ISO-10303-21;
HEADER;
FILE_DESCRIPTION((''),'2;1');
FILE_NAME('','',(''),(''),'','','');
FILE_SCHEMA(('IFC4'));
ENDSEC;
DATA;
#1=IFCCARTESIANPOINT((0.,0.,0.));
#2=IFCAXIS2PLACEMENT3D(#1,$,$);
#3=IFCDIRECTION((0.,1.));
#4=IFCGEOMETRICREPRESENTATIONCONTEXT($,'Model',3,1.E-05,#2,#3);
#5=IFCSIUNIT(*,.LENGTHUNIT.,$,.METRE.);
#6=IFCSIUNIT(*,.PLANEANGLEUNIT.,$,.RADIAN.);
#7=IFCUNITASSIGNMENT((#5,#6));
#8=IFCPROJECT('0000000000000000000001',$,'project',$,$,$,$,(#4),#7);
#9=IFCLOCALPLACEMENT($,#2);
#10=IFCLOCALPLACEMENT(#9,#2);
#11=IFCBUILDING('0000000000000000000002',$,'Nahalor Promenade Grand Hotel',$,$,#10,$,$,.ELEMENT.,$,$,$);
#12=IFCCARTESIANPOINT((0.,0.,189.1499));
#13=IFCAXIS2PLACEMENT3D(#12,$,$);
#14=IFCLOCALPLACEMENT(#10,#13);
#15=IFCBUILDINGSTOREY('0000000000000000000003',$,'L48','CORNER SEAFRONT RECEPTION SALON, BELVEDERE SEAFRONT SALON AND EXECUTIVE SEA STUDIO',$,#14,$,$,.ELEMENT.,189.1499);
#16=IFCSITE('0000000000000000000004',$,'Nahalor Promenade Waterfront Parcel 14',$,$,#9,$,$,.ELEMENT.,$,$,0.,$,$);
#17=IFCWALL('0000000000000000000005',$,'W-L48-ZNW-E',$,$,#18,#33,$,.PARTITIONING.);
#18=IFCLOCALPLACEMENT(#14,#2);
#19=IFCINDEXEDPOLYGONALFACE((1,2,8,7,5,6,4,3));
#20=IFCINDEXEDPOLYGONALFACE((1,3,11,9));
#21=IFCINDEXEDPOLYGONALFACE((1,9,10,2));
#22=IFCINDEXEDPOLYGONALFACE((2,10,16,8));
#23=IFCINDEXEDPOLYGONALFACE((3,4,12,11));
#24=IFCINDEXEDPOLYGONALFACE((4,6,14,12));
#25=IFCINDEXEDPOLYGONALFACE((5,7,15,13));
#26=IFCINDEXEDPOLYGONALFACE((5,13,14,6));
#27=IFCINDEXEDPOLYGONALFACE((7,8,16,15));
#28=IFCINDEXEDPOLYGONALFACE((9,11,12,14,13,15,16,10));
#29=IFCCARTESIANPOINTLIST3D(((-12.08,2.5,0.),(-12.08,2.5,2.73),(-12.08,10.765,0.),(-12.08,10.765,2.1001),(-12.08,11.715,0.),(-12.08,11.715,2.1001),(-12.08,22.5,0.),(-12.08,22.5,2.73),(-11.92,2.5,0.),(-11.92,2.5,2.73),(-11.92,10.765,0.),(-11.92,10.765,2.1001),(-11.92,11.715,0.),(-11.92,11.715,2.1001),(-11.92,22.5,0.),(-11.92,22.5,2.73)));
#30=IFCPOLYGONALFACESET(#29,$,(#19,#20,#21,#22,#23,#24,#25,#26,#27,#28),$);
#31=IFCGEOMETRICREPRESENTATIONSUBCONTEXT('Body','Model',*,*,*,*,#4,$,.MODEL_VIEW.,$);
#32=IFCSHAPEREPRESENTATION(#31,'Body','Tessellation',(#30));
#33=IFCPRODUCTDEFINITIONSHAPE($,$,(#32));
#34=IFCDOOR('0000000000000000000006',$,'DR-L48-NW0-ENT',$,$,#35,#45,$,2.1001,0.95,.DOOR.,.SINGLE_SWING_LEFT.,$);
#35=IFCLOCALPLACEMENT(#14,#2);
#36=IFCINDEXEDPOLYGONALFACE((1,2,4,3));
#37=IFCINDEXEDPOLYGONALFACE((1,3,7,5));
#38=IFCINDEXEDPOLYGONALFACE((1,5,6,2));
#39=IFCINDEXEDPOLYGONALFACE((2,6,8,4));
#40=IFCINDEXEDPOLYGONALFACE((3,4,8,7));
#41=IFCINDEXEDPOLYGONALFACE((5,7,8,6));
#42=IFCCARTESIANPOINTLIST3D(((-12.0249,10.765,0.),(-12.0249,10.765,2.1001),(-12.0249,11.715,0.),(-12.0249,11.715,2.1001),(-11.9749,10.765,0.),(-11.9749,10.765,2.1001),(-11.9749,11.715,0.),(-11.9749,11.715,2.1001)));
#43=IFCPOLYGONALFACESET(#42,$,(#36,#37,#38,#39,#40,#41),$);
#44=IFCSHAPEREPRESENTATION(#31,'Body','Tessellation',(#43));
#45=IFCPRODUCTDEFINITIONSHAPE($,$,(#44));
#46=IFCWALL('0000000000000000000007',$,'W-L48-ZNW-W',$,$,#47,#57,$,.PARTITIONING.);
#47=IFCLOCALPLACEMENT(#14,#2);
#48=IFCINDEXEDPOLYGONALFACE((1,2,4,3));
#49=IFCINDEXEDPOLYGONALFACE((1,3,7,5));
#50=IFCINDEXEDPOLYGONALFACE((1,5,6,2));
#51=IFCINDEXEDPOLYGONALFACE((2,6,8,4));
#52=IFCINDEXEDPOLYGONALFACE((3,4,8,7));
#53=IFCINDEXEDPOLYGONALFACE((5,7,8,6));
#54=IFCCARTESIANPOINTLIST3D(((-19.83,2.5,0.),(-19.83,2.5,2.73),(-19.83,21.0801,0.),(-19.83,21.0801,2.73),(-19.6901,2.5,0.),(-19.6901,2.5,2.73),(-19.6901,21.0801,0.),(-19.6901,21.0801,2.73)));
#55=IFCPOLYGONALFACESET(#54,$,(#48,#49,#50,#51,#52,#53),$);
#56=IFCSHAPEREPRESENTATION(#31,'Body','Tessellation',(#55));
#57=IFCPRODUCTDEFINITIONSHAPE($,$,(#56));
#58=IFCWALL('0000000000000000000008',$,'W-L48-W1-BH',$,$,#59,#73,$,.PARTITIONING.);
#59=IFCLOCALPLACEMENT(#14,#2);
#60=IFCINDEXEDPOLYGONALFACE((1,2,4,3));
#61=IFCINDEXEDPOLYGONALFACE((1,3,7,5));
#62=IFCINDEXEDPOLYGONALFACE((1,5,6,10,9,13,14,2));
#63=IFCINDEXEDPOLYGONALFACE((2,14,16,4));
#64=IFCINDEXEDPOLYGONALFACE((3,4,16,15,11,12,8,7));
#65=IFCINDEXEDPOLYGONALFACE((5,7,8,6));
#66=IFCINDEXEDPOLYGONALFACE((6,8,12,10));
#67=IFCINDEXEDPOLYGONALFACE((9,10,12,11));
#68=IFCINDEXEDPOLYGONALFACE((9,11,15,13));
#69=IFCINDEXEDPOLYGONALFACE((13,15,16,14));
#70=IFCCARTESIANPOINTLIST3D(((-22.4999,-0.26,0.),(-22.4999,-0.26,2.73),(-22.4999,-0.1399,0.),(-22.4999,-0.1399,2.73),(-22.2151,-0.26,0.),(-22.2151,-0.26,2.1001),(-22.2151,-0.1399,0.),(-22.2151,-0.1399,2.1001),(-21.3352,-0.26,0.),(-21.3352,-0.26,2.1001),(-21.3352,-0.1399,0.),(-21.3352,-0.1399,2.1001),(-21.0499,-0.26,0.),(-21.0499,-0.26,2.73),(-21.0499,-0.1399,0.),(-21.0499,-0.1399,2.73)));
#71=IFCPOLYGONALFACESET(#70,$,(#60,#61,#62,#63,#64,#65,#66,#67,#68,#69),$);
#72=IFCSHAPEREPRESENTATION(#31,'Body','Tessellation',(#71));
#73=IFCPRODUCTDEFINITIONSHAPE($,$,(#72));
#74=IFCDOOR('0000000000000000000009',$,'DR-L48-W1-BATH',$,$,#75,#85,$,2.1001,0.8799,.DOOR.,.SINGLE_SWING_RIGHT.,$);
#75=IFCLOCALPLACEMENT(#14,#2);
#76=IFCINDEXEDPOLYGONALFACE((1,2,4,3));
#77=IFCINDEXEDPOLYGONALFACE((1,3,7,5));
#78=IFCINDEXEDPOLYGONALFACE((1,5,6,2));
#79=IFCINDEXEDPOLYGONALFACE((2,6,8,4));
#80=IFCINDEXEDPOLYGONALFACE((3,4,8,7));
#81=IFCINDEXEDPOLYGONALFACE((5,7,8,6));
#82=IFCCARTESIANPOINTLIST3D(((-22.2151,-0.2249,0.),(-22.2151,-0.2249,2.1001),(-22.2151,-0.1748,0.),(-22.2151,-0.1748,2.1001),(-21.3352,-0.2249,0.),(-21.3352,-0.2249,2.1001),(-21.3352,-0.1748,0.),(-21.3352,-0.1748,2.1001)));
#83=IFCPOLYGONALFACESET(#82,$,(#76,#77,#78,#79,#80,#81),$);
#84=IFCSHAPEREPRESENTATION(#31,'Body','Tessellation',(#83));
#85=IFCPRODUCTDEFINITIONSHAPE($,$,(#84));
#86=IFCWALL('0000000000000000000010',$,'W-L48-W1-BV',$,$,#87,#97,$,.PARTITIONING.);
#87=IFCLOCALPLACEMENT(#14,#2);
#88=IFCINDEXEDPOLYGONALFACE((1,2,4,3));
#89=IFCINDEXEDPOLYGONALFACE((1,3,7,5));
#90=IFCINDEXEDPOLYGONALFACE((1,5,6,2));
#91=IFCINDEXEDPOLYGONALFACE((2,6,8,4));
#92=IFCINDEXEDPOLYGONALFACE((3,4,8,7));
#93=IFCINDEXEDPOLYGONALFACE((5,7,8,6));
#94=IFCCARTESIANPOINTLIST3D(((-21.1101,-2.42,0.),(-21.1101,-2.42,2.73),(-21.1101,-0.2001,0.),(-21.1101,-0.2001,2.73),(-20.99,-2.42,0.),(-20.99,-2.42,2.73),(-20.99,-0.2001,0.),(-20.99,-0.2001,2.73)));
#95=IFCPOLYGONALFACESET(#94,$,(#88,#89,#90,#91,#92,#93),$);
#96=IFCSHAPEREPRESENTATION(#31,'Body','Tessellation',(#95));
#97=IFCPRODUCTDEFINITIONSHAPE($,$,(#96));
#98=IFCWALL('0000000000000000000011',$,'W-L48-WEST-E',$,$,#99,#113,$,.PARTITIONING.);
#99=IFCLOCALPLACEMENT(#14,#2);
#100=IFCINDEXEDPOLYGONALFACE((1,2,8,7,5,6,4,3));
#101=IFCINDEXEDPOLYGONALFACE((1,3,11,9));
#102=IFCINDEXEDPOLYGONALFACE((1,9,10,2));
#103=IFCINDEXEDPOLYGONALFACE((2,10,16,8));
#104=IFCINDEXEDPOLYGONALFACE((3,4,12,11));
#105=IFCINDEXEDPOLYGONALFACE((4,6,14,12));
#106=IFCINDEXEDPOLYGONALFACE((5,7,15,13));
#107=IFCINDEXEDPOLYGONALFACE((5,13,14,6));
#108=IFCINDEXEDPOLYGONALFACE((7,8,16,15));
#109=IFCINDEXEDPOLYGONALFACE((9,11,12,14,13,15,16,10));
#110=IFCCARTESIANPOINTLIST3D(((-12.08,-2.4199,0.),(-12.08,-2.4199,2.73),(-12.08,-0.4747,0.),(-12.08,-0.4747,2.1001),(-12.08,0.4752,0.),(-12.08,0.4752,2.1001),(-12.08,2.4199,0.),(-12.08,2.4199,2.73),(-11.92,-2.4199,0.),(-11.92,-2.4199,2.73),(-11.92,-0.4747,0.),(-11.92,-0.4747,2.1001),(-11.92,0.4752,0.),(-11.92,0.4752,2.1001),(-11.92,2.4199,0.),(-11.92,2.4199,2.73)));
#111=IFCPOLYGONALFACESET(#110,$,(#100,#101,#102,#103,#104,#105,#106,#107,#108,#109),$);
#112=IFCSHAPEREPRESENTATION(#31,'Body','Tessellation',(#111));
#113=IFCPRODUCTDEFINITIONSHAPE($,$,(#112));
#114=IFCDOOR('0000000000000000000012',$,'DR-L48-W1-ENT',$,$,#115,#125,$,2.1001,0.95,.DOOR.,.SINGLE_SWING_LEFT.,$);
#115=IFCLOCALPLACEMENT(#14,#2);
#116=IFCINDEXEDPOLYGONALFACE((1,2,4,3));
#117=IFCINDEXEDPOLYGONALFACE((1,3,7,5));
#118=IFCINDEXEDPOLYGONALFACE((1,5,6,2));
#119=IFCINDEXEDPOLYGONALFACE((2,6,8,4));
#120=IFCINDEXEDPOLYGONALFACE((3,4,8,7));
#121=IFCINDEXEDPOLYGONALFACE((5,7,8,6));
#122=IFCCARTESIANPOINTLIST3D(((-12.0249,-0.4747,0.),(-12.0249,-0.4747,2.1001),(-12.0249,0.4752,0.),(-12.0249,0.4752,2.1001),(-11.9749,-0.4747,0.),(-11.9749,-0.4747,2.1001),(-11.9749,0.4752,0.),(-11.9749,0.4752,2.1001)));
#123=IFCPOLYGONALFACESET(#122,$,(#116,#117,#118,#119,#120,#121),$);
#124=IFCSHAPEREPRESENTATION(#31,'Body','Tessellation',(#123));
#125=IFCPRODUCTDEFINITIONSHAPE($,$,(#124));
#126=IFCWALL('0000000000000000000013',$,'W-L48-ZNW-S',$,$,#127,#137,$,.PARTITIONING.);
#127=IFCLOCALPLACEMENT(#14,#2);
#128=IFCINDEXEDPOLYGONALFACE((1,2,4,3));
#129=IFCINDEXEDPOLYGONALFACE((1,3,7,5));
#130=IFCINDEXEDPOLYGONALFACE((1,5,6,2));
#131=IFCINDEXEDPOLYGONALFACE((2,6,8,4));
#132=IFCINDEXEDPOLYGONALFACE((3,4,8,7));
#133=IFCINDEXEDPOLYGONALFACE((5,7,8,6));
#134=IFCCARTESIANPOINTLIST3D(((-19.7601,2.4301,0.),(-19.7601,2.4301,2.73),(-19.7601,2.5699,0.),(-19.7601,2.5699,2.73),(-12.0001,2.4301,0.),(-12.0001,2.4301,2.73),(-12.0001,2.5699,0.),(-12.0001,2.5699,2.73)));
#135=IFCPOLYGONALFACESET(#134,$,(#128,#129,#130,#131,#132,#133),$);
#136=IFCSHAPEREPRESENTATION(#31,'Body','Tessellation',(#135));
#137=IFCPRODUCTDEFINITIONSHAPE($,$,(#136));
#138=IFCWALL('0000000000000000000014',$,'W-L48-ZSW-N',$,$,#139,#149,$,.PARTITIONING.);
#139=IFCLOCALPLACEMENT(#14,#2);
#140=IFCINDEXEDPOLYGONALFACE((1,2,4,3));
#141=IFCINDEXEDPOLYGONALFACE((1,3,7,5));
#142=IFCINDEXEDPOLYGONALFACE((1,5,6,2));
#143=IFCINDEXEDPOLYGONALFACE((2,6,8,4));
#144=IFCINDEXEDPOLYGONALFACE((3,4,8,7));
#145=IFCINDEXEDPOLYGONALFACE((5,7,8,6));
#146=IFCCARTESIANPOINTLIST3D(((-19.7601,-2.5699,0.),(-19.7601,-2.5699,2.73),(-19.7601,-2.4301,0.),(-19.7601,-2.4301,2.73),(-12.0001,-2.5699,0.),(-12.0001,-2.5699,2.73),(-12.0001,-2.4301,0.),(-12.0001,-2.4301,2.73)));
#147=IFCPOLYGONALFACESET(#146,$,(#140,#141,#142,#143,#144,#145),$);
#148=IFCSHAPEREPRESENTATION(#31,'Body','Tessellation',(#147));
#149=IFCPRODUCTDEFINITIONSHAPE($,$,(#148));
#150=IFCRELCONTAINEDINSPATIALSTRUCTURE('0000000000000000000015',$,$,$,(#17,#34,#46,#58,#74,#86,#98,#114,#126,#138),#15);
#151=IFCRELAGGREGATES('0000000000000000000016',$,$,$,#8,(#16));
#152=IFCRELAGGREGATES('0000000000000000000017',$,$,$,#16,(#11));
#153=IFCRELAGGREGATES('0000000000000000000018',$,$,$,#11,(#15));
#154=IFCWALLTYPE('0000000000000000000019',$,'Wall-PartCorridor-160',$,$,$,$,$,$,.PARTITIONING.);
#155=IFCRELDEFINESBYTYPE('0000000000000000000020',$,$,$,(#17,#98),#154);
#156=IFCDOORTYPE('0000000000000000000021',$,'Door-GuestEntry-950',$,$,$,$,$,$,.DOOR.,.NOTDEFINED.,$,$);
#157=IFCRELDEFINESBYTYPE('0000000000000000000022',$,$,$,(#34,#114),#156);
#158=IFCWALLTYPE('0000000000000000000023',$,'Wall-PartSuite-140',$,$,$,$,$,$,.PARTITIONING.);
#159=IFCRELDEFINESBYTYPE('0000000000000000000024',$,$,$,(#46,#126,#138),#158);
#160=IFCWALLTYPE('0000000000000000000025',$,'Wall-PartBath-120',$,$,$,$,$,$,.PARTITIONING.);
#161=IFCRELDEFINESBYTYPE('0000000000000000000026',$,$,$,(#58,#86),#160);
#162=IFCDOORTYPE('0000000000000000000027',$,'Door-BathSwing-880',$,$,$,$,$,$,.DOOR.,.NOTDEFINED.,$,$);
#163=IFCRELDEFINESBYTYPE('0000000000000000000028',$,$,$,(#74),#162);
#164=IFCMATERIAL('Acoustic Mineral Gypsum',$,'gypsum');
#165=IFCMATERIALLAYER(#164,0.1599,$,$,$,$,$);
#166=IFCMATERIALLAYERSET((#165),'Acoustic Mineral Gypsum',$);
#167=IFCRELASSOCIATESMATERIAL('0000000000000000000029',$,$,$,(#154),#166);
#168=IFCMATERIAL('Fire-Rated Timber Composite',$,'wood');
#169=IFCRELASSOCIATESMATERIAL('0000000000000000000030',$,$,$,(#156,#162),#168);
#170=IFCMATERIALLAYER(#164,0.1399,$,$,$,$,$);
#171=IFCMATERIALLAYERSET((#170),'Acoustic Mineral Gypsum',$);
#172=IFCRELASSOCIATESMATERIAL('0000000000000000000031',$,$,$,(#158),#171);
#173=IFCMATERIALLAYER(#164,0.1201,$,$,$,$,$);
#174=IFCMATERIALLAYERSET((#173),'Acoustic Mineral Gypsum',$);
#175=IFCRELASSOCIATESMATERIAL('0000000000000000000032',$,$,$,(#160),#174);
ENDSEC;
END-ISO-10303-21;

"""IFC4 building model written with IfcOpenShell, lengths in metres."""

from ifc_helpers import new_model, si_unit, direction, frame, frame_2d, origin, place, context, subcontext, project, spatial, rectangle, extrude, source, transform, mapped, material, layer, layer_set, type_object, element, fill, save


model = new_model("IFC4")

# Units and contexts
model_context = context("Model", 3, precision=1e-05, world=origin(), true_north=direction((0.0, 1.0)))
body_context = subcontext(model_context, "Body", "Model", "MODEL_VIEW")
ifc_project = project(units=[si_unit("LENGTHUNIT", "METRE"), si_unit("PLANEANGLEUNIT", "RADIAN")], contexts=[model_context])

# Site, building, storey
site_placement = place(None, origin())
site = spatial("IfcSite", under=ifc_project, at=site_placement, Name="Nahalor Promenade Waterfront Parcel 14", CompositionType="ELEMENT", RefElevation=0.0)
building_placement = place(site_placement, origin())
building = spatial("IfcBuilding", under=site, at=building_placement, Name="Nahalor Promenade Grand Hotel", CompositionType="ELEMENT")
storey_placement = place(building_placement, frame((0.0, 0.0, 189.1499)))
storey = spatial("IfcBuildingStorey", under=building, at=storey_placement, Name="L48", Description="CORNER SEAFRONT RECEPTION SALON, BELVEDERE SEAFRONT SALON AND EXECUTIVE SEA STUDIO", CompositionType="ELEMENT", Elevation=189.1499)

# Wall, opening, door
ifc_material_1 = material(Name="Acoustic Mineral Gypsum", Category="gypsum")
ifc_layer_1 = layer(ifc_material_1, 0.1599)
ifc_layer_set_1 = layer_set([ifc_layer_1], Name="Acoustic Mineral Gypsum")
wall_type_1 = type_object("IfcWallType", Name="Wall-PartCorridor-160", PredefinedType="PARTITIONING", material=ifc_layer_set_1)
shared_shape_1 = source(origin(), body_context, "Body", "SweptSolid", [
    extrude(rectangle(XDim=20.0, YDim=0.1599, at=frame_2d((10.0, 0.0))), origin(), (0.0, 0.0, 1.0), 2.73),
])
wall_1_placement = place(storey_placement, frame((-12.0, 2.5, 0.0), z_axis=(0.0, 0.0, 1.0), x_axis=(0.0, 1.0, 0.0)))
wall_1 = element("IfcWall", 1, at=wall_1_placement, inside=storey, type_object=wall_type_1, Name="W-L48-ZNW-E", PredefinedType="PARTITIONING", context=body_context, shape_type="MappedRepresentation", body=[
    mapped(shared_shape_1, transform((0.0, 0.0, 0.0), scale=1.0)),
])
opening_1_placement = place(wall_1_placement, frame((8.2649, 0.0, 0.0)))
opening_1 = element("IfcOpeningElement", 2, at=opening_1_placement, cuts=wall_1, PredefinedType="OPENING", context=body_context, shape_type="SweptSolid", body=[
    extrude(rectangle(XDim=0.95, YDim=2.1001, at=frame_2d((0.4751, 1.05))), frame((0.0, 0.0898, 0.0), z_axis=(0.0, -1.0, 0.0), x_axis=(1.0, 0.0, 0.0)), (0.0, 0.0, 1.0), 0.1799),
])
ifc_material_2 = material(Name="Fire-Rated Timber Composite", Category="wood")
door_type_1 = type_object("IfcDoorType", Name="Door-GuestEntry-950", OperationType="NOTDEFINED", PredefinedType="DOOR", material=ifc_material_2)
shared_shape_2 = source(origin(), body_context, "Body", "SweptSolid", [
    extrude(rectangle(XDim=0.95, YDim=2.1001, at=frame_2d((0.4751, 1.05))), frame((0.0, 0.0249, 0.0), z_axis=(0.0, -1.0, 0.0), x_axis=(1.0, 0.0, 0.0)), (0.0, 0.0, 1.0), 0.05),
])
door_1_placement = place(opening_1_placement, origin())
door_1 = element("IfcDoor", 3, at=door_1_placement, inside=storey, type_object=door_type_1, Name="DR-L48-NW0-ENT", OperationType="SINGLE_SWING_LEFT", OverallHeight=2.1001, OverallWidth=0.95, PredefinedType="DOOR", context=body_context, shape_type="MappedRepresentation", body=[
    mapped(shared_shape_2, transform((0.0, 0.0, 0.0), scale=1.0)),
])
fill(opening_1, door_1)

# Wall
ifc_layer_2 = layer(ifc_material_1, 0.1399)
ifc_layer_set_2 = layer_set([ifc_layer_2], Name="Acoustic Mineral Gypsum")
wall_type_2 = type_object("IfcWallType", Name="Wall-PartSuite-140", PredefinedType="PARTITIONING", material=ifc_layer_set_2)
shared_shape_3 = source(origin(), body_context, "Body", "SweptSolid", [
    extrude(rectangle(XDim=18.5801, YDim=0.1399, at=frame_2d((9.29, 0.0))), origin(), (0.0, 0.0, 1.0), 2.73),
])
wall_2_placement = place(storey_placement, frame((-19.76, 2.5, 0.0), z_axis=(0.0, 0.0, 1.0), x_axis=(0.0, 1.0, 0.0)))
element("IfcWall", 4, at=wall_2_placement, inside=storey, type_object=wall_type_2, Name="W-L48-ZNW-W", PredefinedType="PARTITIONING", context=body_context, shape_type="MappedRepresentation", body=[
    mapped(shared_shape_3, transform((0.0, 0.0, 0.0), scale=1.0)),
])

# Wall, opening, door
ifc_layer_3 = layer(ifc_material_1, 0.1201)
ifc_layer_set_3 = layer_set([ifc_layer_3], Name="Acoustic Mineral Gypsum")
wall_type_3 = type_object("IfcWallType", Name="Wall-PartBath-120", PredefinedType="PARTITIONING", material=ifc_layer_set_3)
shared_shape_4 = source(origin(), body_context, "Body", "SweptSolid", [
    extrude(rectangle(XDim=1.45, YDim=0.1201, at=frame_2d((0.7251, 0.0))), origin(), (0.0, 0.0, 1.0), 2.73),
])
wall_3_placement = place(storey_placement, frame((-22.5, -0.2, 0.0), z_axis=(0.0, 0.0, 1.0), x_axis=(1.0, 0.0, 0.0)))
wall_3 = element("IfcWall", 5, at=wall_3_placement, inside=storey, type_object=wall_type_3, Name="W-L48-W1-BH", PredefinedType="PARTITIONING", context=body_context, shape_type="MappedRepresentation", body=[
    mapped(shared_shape_4, transform((0.0, 0.0, 0.0), scale=1.0)),
])
opening_2_placement = place(wall_3_placement, frame((0.2849, 0.0, 0.0)))
opening_2 = element("IfcOpeningElement", 6, at=opening_2_placement, cuts=wall_3, PredefinedType="OPENING", context=body_context, shape_type="SweptSolid", body=[
    extrude(rectangle(XDim=0.8799, YDim=2.1001, at=frame_2d((0.4399, 1.05))), frame((0.0, 0.0701, 0.0), z_axis=(0.0, -1.0, 0.0), x_axis=(1.0, 0.0, 0.0)), (0.0, 0.0, 1.0), 0.1401),
])
door_type_2 = type_object("IfcDoorType", Name="Door-BathSwing-880", OperationType="NOTDEFINED", PredefinedType="DOOR", material=ifc_material_2)
shared_shape_5 = source(origin(), body_context, "Body", "SweptSolid", [
    extrude(rectangle(XDim=0.8799, YDim=2.1001, at=frame_2d((0.4399, 1.05))), frame((0.0, 0.0249, 0.0), z_axis=(0.0, -1.0, 0.0), x_axis=(1.0, 0.0, 0.0)), (0.0, 0.0, 1.0), 0.05),
])
door_2_placement = place(opening_2_placement, frame((0.8799, 0.0, 0.0), z_axis=(0.0, 0.0, 1.0), x_axis=(-1.0, 0.0, 0.0)))
door_2 = element("IfcDoor", 7, at=door_2_placement, inside=storey, type_object=door_type_2, Name="DR-L48-W1-BATH", OperationType="SINGLE_SWING_RIGHT", OverallHeight=2.1001, OverallWidth=0.8799, PredefinedType="DOOR", context=body_context, shape_type="MappedRepresentation", body=[
    mapped(shared_shape_5, transform((0.0, 0.0, 0.0), scale=1.0)),
])
fill(opening_2, door_2)

# Wall
shared_shape_6 = source(origin(), body_context, "Body", "SweptSolid", [
    extrude(rectangle(XDim=2.22, YDim=0.1201, at=frame_2d((1.1099, 0.0))), origin(), (0.0, 0.0, 1.0), 2.73),
])
wall_4_placement = place(storey_placement, frame((-21.05, -2.4199, 0.0), z_axis=(0.0, 0.0, 1.0), x_axis=(0.0, 1.0, 0.0)))
element("IfcWall", 8, at=wall_4_placement, inside=storey, type_object=wall_type_3, Name="W-L48-W1-BV", PredefinedType="PARTITIONING", context=body_context, shape_type="MappedRepresentation", body=[
    mapped(shared_shape_6, transform((0.0, 0.0, 0.0), scale=1.0)),
])

# Wall, opening, door
shared_shape_7 = source(origin(), body_context, "Body", "SweptSolid", [
    extrude(rectangle(XDim=4.8398, YDim=0.1599, at=frame_2d((2.4199, 0.0))), origin(), (0.0, 0.0, 1.0), 2.73),
])
wall_5_placement = place(storey_placement, frame((-12.0, -2.4199, 0.0), z_axis=(0.0, 0.0, 1.0), x_axis=(0.0, 1.0, 0.0)))
wall_5 = element("IfcWall", 9, at=wall_5_placement, inside=storey, type_object=wall_type_1, Name="W-L48-WEST-E", PredefinedType="PARTITIONING", context=body_context, shape_type="MappedRepresentation", body=[
    mapped(shared_shape_7, transform((0.0, 0.0, 0.0), scale=1.0)),
])
opening_3_placement = place(wall_5_placement, frame((1.9451, 0.0, 0.0)))
opening_3 = element("IfcOpeningElement", 10, at=opening_3_placement, cuts=wall_5, PredefinedType="OPENING", context=body_context, shape_type="SweptSolid", body=[
    extrude(rectangle(XDim=0.95, YDim=2.1001, at=frame_2d((0.4751, 1.05))), frame((0.0, 0.0898, 0.0), z_axis=(0.0, -1.0, 0.0), x_axis=(1.0, 0.0, 0.0)), (0.0, 0.0, 1.0), 0.1799),
])
door_3_placement = place(opening_3_placement, origin())
door_3 = element("IfcDoor", 11, at=door_3_placement, inside=storey, type_object=door_type_1, Name="DR-L48-W1-ENT", OperationType="SINGLE_SWING_LEFT", OverallHeight=2.1001, OverallWidth=0.95, PredefinedType="DOOR", context=body_context, shape_type="MappedRepresentation", body=[
    mapped(shared_shape_2, transform((0.0, 0.0, 0.0), scale=1.0)),
])
fill(opening_3, door_3)

# Walls
shared_shape_8 = source(origin(), body_context, "Body", "SweptSolid", [
    extrude(rectangle(XDim=7.76, YDim=0.1399, at=frame_2d((3.8799, 0.0))), origin(), (0.0, 0.0, 1.0), 2.73),
])
for number, where, z_axis, x_axis, name in (
    (12, (-19.76, 2.5, 0.0), (0.0, 0.0, 1.0), (1.0, 0.0, 0.0), "W-L48-ZNW-S"),
    (13, (-19.76, -2.5, 0.0), (0.0, 0.0, 1.0), (1.0, 0.0, 0.0), "W-L48-ZSW-N"),
):
    element("IfcWall", number, at=place(storey_placement, frame(where, z_axis=z_axis, x_axis=x_axis)), inside=storey, type_object=wall_type_2, Name=name, PredefinedType="PARTITIONING", context=body_context, shape_type="MappedRepresentation", body=[
        mapped(shared_shape_8, transform((0.0, 0.0, 0.0), scale=1.0)),
    ])

save(model, "model.ifc")
